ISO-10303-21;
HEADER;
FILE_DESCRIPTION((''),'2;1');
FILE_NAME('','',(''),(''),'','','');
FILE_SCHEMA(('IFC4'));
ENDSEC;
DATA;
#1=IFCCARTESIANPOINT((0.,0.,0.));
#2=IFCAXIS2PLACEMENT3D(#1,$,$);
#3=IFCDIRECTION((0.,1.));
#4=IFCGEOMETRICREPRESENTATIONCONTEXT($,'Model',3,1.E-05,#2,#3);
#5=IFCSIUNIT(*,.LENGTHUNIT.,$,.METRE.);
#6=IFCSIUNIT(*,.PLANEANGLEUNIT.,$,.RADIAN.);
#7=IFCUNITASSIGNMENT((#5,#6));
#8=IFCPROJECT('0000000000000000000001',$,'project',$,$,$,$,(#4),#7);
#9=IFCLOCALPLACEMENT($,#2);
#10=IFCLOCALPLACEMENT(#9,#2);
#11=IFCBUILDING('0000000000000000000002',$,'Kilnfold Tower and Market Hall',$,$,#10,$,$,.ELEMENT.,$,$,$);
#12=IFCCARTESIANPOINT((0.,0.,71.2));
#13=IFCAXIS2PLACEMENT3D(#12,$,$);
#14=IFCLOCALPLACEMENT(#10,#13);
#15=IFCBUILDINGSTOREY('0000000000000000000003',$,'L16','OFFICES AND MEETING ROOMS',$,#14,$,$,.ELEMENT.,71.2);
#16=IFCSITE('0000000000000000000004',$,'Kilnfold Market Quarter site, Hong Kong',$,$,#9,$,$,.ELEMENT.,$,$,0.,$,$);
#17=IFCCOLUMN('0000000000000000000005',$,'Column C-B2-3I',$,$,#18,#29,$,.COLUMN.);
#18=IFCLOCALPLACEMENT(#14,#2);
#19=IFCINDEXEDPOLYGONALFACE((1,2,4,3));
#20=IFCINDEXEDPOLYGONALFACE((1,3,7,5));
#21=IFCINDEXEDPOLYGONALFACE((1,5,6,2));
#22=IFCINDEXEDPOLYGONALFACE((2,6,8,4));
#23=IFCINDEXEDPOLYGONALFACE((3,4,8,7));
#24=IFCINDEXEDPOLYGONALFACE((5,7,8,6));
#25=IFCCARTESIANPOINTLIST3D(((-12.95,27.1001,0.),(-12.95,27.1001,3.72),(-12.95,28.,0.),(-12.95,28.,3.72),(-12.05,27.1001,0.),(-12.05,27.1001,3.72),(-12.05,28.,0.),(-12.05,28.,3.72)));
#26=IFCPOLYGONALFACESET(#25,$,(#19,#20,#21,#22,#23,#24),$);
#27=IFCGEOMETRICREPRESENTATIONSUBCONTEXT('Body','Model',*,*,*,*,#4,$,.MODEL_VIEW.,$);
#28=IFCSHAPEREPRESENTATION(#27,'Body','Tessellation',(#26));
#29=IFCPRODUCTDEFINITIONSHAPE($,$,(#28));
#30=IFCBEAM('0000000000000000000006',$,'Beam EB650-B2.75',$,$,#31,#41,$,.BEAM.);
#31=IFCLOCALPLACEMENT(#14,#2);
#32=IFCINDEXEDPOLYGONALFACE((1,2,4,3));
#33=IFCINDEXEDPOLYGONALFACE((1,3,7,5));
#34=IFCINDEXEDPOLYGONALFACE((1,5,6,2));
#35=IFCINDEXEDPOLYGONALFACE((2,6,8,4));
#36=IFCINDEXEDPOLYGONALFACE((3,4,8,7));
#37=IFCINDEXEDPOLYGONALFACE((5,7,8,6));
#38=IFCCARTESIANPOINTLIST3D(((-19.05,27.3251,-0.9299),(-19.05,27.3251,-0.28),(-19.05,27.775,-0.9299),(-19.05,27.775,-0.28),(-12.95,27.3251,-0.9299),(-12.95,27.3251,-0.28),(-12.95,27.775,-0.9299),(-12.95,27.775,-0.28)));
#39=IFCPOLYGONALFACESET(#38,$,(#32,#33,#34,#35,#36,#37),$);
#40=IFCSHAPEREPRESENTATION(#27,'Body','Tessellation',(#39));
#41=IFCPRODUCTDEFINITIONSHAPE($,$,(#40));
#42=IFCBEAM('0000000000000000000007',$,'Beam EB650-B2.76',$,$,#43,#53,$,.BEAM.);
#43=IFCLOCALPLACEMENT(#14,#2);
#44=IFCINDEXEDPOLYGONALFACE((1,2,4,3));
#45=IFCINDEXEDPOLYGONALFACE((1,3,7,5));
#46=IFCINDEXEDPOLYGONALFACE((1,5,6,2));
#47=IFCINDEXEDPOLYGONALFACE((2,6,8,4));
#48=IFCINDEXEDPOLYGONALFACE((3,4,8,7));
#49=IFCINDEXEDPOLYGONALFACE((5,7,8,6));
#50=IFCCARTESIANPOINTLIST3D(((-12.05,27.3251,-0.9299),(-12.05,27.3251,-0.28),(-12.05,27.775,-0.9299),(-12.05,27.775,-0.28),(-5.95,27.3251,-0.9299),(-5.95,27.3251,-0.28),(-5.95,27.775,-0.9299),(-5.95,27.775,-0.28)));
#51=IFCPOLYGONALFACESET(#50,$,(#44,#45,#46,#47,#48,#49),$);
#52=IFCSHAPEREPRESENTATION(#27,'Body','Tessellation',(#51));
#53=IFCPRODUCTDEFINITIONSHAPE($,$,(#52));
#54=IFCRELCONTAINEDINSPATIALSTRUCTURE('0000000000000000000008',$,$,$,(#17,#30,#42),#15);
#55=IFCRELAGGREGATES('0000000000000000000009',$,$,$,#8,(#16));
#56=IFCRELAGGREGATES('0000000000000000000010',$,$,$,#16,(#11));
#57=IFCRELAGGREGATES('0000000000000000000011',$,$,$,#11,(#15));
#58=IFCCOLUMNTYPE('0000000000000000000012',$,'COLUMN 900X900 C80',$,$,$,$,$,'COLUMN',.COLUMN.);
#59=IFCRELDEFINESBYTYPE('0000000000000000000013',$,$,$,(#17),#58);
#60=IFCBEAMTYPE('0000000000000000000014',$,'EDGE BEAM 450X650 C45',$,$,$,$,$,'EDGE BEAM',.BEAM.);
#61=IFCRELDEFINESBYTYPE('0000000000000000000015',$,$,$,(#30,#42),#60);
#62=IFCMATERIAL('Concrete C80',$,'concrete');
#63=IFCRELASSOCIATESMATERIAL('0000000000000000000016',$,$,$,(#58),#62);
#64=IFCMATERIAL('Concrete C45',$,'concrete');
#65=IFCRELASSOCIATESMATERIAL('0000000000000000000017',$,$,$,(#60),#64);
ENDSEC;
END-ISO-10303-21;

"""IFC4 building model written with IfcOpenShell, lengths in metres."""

from ifc_helpers import new_model, si_unit, direction, frame, origin, origin_2d, place, context, subcontext, project, spatial, rectangle, extrude, source, transform, mapped, material, material_profile, profile_set, type_object, element, save


model = new_model("IFC4")

# Units and contexts
model_context = context("Model", 3, precision=1e-05, world=origin(), true_north=direction((0.0, 1.0)))
body_context = subcontext(model_context, "Body", "Model", "MODEL_VIEW")
ifc_project = project(units=[si_unit("LENGTHUNIT", "METRE"), si_unit("PLANEANGLEUNIT", "RADIAN")], contexts=[model_context])

# Site, building, storey
site_placement = place(None, origin())
site = spatial("IfcSite", under=ifc_project, at=site_placement, Name="Kilnfold Market Quarter site, Hong Kong", CompositionType="ELEMENT", RefElevation=0.0)
building_placement = place(site_placement, origin())
building = spatial("IfcBuilding", under=site, at=building_placement, Name="Kilnfold Tower and Market Hall", CompositionType="ELEMENT")
storey_placement = place(building_placement, frame((0.0, 0.0, 71.2)))
storey = spatial("IfcBuildingStorey", under=building, at=storey_placement, Name="L16", Description="OFFICES AND MEETING ROOMS", CompositionType="ELEMENT", Elevation=71.2)

# Column
ifc_material_1 = material(Name="Concrete C80", Category="concrete")
ifc_material_profile_1 = material_profile(ifc_material_1, rectangle(XDim=0.8999, YDim=0.8999, at=origin_2d()), Name="RC 900x900")
ifc_profile_set_1 = profile_set([ifc_material_profile_1], Name="Concrete C80")
column_type = type_object("IfcColumnType", Name="COLUMN 900X900 C80", ElementType="COLUMN", PredefinedType="COLUMN", material=ifc_profile_set_1)
shared_shape_1 = source(origin(), body_context, "Body", "SweptSolid", [
    extrude(rectangle(XDim=0.8999, YDim=0.8999, at=origin_2d()), origin(), (0.0, 0.0, 1.0), 3.72),
])
column_placement = place(storey_placement, frame((-12.5, 27.55, 0.0), z_axis=(0.0, 0.0, 1.0), x_axis=(1.0, 0.0, 0.0)))
element("IfcColumn", 1, at=column_placement, inside=storey, type_object=column_type, Name="Column C-B2-3I", PredefinedType="COLUMN", context=body_context, shape_type="MappedRepresentation", body=[
    mapped(shared_shape_1, transform((0.0, 0.0, 0.0))),
])

# Beams
ifc_material_2 = material(Name="Concrete C45", Category="concrete")
ifc_material_profile_2 = material_profile(ifc_material_2, rectangle(XDim=0.45, YDim=0.6499, at=origin_2d()), Name="RC 450x650")
ifc_profile_set_2 = profile_set([ifc_material_profile_2], Name="Concrete C45")
beam_type = type_object("IfcBeamType", Name="EDGE BEAM 450X650 C45", ElementType="EDGE BEAM", PredefinedType="BEAM", material=ifc_profile_set_2)
shared_shape_2 = source(origin(), body_context, "Body", "SweptSolid", [
    extrude(rectangle(XDim=0.45, YDim=0.6499, at=origin_2d()), origin(), (0.0, 0.0, 1.0), 6.1001),
])
for number, where, z_axis, x_axis, name in (
    (2, (-19.05, 27.55, -0.605), (1.0, 0.0, 0.0), (0.0, 1.0, 0.0), "Beam EB650-B2.75"),
    (3, (-12.05, 27.55, -0.605), (1.0, 0.0, 0.0), (0.0, 1.0, 0.0), "Beam EB650-B2.76"),
):
    element("IfcBeam", number, at=place(storey_placement, frame(where, z_axis=z_axis, x_axis=x_axis)), inside=storey, type_object=beam_type, Name=name, PredefinedType="BEAM", context=body_context, shape_type="MappedRepresentation", body=[
        mapped(shared_shape_2, transform((0.0, 0.0, 0.0))),
    ])

save(model, "model.ifc")
